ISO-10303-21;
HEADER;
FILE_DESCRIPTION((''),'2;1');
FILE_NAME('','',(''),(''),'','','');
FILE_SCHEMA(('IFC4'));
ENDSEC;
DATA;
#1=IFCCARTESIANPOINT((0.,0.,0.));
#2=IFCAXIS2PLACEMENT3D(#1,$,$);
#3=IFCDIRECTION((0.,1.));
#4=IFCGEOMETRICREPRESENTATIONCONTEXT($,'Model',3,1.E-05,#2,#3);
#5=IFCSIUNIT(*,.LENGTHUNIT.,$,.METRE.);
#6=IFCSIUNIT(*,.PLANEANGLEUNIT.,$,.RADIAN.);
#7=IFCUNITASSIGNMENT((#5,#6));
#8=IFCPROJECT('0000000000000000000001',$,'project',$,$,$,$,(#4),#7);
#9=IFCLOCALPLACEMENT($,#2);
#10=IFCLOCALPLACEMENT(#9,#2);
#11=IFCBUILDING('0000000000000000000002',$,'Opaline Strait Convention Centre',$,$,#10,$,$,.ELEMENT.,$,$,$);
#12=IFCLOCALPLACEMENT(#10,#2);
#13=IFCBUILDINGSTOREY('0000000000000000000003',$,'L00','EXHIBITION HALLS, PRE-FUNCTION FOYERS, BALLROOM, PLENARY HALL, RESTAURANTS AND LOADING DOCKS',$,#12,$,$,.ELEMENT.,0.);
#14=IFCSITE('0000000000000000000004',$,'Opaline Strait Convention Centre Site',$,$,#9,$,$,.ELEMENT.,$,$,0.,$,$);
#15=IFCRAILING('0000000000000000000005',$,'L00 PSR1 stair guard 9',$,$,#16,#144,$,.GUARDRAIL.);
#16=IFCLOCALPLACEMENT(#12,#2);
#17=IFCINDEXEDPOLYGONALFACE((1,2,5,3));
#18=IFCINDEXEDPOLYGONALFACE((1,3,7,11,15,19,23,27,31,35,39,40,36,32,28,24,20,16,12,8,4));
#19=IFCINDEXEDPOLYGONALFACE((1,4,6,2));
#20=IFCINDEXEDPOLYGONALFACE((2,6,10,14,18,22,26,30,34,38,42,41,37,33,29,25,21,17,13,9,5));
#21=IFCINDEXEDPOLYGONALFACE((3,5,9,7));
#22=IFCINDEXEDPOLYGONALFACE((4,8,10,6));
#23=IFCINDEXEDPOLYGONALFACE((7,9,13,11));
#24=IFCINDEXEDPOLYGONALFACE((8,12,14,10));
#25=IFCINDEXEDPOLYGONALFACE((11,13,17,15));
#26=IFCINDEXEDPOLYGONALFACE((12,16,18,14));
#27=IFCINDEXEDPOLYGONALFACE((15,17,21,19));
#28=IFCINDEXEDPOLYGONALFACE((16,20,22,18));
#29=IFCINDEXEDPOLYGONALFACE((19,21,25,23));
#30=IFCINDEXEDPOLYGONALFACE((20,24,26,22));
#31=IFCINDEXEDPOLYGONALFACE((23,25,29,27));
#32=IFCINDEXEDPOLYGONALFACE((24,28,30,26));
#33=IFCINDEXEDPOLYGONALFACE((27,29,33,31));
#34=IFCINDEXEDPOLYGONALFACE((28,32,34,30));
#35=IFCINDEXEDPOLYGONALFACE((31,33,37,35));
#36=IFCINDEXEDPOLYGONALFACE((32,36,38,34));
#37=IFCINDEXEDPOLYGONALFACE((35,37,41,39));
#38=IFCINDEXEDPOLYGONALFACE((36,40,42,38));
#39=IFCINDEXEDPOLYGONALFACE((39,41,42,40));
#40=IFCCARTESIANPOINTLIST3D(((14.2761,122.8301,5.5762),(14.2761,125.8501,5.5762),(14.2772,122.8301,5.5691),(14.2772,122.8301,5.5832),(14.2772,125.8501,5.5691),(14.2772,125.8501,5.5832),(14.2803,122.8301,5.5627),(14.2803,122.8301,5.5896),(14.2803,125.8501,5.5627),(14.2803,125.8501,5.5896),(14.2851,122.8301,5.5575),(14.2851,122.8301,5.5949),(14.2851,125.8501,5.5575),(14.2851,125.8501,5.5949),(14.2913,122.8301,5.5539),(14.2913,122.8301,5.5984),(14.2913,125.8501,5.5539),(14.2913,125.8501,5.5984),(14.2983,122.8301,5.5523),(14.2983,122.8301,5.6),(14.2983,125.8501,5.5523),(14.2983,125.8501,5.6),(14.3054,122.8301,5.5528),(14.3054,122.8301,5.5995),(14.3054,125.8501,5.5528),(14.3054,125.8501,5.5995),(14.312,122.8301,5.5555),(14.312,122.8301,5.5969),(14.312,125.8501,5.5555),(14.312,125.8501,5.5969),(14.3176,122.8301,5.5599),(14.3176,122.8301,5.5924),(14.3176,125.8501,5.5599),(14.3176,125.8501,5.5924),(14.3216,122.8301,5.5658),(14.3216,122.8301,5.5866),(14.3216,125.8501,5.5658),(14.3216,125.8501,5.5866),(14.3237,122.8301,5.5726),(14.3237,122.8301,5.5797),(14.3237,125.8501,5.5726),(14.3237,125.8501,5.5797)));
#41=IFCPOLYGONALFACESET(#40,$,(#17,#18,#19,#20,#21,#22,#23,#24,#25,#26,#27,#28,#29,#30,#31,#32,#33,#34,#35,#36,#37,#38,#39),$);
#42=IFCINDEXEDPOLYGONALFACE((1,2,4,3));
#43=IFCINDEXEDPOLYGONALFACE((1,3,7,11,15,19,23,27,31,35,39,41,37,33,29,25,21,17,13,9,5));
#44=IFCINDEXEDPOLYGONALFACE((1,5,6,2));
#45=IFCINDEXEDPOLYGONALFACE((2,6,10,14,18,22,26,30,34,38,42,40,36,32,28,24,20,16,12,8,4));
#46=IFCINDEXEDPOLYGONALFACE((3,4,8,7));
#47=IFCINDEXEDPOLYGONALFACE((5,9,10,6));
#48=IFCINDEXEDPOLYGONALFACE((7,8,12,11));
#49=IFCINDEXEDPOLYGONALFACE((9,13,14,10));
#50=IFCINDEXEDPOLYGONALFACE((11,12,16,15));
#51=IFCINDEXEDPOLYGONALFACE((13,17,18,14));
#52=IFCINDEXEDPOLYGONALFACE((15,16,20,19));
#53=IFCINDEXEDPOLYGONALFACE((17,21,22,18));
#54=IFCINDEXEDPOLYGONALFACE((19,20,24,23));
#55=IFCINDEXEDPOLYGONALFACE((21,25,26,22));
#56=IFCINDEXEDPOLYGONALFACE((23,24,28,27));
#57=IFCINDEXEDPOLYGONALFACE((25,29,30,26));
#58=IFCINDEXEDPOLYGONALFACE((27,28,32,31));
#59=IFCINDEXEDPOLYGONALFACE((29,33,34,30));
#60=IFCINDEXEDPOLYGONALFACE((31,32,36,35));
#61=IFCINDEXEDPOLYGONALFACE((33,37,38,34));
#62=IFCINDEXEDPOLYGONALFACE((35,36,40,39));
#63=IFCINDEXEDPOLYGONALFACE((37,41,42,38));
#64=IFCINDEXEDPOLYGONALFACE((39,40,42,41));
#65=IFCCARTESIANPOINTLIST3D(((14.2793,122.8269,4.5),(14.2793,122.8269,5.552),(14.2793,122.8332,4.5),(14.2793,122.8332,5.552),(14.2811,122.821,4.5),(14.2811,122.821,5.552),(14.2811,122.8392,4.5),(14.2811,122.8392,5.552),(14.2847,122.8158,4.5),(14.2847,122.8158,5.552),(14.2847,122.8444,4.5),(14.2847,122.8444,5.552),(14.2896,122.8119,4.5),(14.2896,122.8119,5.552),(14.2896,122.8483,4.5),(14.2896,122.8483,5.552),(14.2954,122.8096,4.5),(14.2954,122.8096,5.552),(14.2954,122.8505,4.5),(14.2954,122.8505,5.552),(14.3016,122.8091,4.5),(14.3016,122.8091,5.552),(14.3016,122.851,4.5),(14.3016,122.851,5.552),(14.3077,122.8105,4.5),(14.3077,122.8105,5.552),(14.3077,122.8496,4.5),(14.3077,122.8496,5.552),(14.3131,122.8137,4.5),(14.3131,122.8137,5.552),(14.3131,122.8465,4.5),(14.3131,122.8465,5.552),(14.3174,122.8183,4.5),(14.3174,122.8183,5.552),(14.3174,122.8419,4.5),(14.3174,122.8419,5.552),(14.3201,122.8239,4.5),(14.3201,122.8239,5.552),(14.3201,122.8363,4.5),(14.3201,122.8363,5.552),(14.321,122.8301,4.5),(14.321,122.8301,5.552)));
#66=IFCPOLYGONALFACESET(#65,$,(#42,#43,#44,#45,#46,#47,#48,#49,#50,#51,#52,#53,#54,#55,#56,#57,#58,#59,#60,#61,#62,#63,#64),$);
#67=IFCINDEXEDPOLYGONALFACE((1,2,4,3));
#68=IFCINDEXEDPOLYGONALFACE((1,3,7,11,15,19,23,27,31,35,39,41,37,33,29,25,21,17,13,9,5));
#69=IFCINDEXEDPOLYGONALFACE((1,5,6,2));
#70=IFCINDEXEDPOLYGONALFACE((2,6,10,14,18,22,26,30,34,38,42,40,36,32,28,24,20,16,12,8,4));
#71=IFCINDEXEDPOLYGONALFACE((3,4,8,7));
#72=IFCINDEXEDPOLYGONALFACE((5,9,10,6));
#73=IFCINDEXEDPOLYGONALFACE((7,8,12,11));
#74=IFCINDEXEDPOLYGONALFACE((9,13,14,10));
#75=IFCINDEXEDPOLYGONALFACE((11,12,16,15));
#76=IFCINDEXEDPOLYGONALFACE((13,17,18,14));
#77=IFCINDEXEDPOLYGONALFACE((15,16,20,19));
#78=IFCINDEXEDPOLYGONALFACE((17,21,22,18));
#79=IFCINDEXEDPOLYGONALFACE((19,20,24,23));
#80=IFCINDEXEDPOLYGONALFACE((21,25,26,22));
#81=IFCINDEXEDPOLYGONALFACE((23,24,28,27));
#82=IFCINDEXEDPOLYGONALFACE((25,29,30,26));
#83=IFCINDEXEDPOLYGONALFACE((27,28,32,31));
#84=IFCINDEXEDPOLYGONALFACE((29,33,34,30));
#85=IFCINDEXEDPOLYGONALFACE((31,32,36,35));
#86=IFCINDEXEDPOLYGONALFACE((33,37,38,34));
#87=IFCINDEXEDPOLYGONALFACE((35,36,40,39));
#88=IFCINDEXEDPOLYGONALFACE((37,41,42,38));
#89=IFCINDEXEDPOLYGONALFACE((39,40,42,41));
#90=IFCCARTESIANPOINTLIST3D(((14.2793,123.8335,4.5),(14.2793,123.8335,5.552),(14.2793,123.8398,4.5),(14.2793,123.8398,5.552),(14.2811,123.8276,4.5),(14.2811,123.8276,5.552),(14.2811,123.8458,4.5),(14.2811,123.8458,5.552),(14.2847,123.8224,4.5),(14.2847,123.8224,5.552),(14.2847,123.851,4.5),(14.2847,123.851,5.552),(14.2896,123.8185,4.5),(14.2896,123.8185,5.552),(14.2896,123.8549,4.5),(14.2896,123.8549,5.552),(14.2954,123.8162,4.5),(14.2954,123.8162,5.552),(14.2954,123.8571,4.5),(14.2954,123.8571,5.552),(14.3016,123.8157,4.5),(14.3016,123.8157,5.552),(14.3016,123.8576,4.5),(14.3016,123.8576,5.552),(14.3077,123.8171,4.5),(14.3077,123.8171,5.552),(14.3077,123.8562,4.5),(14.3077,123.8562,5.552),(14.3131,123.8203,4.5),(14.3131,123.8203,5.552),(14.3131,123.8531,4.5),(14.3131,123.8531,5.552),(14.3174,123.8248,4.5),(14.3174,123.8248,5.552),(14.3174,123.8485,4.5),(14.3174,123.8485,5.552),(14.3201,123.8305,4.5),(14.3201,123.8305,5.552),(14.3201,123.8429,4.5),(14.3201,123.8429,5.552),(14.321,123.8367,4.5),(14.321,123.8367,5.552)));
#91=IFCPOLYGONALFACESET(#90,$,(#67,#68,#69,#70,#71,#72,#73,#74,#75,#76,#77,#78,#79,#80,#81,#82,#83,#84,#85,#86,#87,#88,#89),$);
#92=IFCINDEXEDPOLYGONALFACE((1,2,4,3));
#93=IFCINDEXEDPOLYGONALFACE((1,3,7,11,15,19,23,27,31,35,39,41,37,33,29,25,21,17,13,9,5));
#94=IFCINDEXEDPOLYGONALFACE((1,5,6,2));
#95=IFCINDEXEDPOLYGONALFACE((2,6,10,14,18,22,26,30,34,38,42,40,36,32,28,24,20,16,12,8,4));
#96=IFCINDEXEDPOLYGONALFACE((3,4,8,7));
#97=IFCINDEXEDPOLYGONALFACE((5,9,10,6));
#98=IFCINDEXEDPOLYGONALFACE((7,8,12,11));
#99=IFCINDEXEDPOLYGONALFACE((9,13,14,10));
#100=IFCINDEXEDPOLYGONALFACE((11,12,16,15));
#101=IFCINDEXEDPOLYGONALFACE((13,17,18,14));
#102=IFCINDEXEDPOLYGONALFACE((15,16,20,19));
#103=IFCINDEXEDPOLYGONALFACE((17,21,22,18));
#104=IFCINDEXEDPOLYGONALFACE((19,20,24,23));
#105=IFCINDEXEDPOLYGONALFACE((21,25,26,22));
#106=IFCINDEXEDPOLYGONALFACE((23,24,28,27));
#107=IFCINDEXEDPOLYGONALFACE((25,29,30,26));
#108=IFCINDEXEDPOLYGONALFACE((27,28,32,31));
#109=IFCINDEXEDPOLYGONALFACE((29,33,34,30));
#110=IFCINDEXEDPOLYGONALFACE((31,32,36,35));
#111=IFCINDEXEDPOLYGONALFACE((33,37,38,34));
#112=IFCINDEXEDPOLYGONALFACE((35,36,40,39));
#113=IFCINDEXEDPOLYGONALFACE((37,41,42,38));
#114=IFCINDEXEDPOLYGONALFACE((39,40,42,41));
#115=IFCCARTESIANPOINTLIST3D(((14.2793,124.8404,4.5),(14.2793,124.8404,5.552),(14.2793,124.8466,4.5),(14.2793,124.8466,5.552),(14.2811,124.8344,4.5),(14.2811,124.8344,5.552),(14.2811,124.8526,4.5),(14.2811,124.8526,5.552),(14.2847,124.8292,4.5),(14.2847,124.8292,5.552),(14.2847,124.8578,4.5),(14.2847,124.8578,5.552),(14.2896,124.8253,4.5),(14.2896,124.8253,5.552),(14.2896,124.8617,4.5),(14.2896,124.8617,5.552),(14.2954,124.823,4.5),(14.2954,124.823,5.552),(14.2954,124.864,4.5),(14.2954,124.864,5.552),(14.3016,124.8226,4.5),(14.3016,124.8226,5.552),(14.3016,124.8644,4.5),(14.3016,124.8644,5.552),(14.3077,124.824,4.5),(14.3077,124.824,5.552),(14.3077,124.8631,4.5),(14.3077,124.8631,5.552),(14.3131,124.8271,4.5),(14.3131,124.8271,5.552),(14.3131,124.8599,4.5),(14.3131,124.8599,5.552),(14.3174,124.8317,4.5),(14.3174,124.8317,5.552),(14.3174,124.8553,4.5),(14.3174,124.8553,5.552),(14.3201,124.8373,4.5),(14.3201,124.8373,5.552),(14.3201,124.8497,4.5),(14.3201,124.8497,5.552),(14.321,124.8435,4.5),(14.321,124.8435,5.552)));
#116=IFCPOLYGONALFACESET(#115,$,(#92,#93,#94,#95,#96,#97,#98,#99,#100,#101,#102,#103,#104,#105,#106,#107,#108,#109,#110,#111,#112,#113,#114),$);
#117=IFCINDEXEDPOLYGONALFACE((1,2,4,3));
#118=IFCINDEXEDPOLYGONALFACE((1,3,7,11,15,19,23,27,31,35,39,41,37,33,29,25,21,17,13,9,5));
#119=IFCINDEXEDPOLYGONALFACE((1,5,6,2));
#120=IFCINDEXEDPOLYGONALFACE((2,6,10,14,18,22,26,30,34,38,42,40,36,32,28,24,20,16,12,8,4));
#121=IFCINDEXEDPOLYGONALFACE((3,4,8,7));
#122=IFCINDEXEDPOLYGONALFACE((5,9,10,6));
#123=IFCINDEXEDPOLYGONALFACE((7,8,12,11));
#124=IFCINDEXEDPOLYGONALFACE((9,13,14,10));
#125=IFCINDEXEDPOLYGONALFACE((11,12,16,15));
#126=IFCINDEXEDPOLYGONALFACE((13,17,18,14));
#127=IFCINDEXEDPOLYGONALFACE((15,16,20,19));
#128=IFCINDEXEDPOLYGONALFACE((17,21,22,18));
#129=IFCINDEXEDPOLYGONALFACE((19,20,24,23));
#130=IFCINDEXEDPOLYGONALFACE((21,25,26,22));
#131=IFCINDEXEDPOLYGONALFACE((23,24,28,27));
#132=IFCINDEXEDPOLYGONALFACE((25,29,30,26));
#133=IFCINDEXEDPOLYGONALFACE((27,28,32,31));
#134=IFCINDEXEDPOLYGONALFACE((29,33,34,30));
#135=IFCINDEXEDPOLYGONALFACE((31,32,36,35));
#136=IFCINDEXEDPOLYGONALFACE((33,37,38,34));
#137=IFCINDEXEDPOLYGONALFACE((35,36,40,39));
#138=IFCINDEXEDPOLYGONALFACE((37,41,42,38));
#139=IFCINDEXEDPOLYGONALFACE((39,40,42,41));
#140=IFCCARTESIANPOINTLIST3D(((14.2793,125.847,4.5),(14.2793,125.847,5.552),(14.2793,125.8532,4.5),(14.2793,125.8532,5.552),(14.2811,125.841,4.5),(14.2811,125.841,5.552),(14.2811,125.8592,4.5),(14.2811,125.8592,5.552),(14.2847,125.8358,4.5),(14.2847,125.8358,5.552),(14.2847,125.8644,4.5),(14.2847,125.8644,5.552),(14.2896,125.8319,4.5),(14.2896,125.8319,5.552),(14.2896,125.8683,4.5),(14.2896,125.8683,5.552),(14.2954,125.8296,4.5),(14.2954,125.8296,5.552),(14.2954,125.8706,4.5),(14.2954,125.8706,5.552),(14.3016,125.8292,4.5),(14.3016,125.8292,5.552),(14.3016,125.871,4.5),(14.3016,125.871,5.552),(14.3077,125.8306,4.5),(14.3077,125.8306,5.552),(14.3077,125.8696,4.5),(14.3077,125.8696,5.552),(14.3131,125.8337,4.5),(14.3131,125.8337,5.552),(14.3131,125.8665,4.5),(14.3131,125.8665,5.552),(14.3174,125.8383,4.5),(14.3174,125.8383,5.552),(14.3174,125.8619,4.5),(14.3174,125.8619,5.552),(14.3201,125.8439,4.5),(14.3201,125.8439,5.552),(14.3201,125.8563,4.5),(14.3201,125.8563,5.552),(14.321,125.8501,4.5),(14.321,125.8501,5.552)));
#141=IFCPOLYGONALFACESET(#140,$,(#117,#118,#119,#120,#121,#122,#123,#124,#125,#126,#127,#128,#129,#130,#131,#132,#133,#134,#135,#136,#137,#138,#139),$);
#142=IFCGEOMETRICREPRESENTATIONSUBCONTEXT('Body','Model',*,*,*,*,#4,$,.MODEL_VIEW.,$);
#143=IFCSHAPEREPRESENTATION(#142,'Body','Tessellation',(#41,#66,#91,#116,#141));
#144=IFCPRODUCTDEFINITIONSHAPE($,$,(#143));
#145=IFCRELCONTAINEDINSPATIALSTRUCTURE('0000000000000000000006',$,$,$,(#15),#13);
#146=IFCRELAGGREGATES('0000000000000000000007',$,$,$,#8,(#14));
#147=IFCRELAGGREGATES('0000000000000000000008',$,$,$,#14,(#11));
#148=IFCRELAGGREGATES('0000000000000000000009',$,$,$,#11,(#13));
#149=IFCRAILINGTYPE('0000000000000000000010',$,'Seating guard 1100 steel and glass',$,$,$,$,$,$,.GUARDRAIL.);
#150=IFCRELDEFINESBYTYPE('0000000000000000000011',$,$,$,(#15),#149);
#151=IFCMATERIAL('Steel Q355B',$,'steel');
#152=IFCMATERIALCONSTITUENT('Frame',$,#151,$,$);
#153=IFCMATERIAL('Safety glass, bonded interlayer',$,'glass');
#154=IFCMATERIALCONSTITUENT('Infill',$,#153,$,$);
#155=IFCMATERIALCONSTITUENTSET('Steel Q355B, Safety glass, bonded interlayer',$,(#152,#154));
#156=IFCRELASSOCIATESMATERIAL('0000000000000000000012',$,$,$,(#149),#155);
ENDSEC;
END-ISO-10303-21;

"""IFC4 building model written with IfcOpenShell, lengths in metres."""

from ifc_helpers import new_model, si_unit, direction, frame, origin, origin_2d, place, context, subcontext, project, spatial, circle, extrude, material, constituent, constituent_set, type_object, element, save


model = new_model("IFC4")

# Units and contexts
model_context = context("Model", 3, precision=1e-05, world=origin(), true_north=direction((0.0, 1.0)))
body_context = subcontext(model_context, "Body", "Model", "MODEL_VIEW")
ifc_project = project(units=[si_unit("LENGTHUNIT", "METRE"), si_unit("PLANEANGLEUNIT", "RADIAN")], contexts=[model_context])

# Site, building, storey
site_placement = place(None, origin())
site = spatial("IfcSite", under=ifc_project, at=site_placement, Name="Opaline Strait Convention Centre Site", CompositionType="ELEMENT", RefElevation=0.0)
building_placement = place(site_placement, origin())
building = spatial("IfcBuilding", under=site, at=building_placement, Name="Opaline Strait Convention Centre", CompositionType="ELEMENT")
storey_placement = place(building_placement, origin())
storey = spatial("IfcBuildingStorey", under=building, at=storey_placement, Name="L00", Description="EXHIBITION HALLS, PRE-FUNCTION FOYERS, BALLROOM, PLENARY HALL, RESTAURANTS AND LOADING DOCKS", CompositionType="ELEMENT", Elevation=0.0)

# Railing
ifc_material_1 = material(Name="Steel Q355B", Category="steel")
ifc_constituent_1 = constituent(ifc_material_1, Name="Frame")
ifc_material_2 = material(Name="Safety glass, bonded interlayer", Category="glass")
ifc_constituent_2 = constituent(ifc_material_2, Name="Infill")
ifc_constituent_set = constituent_set(constituents=[ifc_constituent_1, ifc_constituent_2], Name="Steel Q355B, Safety glass, bonded interlayer")
railing_type_1 = type_object("IfcRailingType", Name="Seating guard 1100 steel and glass", PredefinedType="GUARDRAIL", material=ifc_constituent_set)
railing_1_placement = place(storey_placement, frame((14.3, 122.8301, 4.5)))
element("IfcRailing", 1, at=railing_1_placement, inside=storey, type_object=railing_type_1, Name="L00 PSR1 stair guard 9", PredefinedType="GUARDRAIL", context=body_context, shape_type="SweptSolid", body=[
    extrude(circle(Radius=0.0239, at=origin_2d()), frame((0.0, 0.0, 1.0762), z_axis=(0.0, 1.0, 0.0), x_axis=(-1.0, 0.0, 0.0)), (0.0, 0.0, 1.0), 3.02),
    extrude(circle(Radius=0.021, at=origin_2d()), origin(), (0.0, 0.0, 1.0), 1.052),
    extrude(circle(Radius=0.021, at=origin_2d()), frame((0.0, 1.0066, 0.0)), (0.0, 0.0, 1.0), 1.052),
    extrude(circle(Radius=0.021, at=origin_2d()), frame((0.0, 2.0134, 0.0)), (0.0, 0.0, 1.0), 1.052),
    extrude(circle(Radius=0.021, at=origin_2d()), frame((0.0, 3.02, 0.0)), (0.0, 0.0, 1.0), 1.052),
])

save(model, "model.ifc")
